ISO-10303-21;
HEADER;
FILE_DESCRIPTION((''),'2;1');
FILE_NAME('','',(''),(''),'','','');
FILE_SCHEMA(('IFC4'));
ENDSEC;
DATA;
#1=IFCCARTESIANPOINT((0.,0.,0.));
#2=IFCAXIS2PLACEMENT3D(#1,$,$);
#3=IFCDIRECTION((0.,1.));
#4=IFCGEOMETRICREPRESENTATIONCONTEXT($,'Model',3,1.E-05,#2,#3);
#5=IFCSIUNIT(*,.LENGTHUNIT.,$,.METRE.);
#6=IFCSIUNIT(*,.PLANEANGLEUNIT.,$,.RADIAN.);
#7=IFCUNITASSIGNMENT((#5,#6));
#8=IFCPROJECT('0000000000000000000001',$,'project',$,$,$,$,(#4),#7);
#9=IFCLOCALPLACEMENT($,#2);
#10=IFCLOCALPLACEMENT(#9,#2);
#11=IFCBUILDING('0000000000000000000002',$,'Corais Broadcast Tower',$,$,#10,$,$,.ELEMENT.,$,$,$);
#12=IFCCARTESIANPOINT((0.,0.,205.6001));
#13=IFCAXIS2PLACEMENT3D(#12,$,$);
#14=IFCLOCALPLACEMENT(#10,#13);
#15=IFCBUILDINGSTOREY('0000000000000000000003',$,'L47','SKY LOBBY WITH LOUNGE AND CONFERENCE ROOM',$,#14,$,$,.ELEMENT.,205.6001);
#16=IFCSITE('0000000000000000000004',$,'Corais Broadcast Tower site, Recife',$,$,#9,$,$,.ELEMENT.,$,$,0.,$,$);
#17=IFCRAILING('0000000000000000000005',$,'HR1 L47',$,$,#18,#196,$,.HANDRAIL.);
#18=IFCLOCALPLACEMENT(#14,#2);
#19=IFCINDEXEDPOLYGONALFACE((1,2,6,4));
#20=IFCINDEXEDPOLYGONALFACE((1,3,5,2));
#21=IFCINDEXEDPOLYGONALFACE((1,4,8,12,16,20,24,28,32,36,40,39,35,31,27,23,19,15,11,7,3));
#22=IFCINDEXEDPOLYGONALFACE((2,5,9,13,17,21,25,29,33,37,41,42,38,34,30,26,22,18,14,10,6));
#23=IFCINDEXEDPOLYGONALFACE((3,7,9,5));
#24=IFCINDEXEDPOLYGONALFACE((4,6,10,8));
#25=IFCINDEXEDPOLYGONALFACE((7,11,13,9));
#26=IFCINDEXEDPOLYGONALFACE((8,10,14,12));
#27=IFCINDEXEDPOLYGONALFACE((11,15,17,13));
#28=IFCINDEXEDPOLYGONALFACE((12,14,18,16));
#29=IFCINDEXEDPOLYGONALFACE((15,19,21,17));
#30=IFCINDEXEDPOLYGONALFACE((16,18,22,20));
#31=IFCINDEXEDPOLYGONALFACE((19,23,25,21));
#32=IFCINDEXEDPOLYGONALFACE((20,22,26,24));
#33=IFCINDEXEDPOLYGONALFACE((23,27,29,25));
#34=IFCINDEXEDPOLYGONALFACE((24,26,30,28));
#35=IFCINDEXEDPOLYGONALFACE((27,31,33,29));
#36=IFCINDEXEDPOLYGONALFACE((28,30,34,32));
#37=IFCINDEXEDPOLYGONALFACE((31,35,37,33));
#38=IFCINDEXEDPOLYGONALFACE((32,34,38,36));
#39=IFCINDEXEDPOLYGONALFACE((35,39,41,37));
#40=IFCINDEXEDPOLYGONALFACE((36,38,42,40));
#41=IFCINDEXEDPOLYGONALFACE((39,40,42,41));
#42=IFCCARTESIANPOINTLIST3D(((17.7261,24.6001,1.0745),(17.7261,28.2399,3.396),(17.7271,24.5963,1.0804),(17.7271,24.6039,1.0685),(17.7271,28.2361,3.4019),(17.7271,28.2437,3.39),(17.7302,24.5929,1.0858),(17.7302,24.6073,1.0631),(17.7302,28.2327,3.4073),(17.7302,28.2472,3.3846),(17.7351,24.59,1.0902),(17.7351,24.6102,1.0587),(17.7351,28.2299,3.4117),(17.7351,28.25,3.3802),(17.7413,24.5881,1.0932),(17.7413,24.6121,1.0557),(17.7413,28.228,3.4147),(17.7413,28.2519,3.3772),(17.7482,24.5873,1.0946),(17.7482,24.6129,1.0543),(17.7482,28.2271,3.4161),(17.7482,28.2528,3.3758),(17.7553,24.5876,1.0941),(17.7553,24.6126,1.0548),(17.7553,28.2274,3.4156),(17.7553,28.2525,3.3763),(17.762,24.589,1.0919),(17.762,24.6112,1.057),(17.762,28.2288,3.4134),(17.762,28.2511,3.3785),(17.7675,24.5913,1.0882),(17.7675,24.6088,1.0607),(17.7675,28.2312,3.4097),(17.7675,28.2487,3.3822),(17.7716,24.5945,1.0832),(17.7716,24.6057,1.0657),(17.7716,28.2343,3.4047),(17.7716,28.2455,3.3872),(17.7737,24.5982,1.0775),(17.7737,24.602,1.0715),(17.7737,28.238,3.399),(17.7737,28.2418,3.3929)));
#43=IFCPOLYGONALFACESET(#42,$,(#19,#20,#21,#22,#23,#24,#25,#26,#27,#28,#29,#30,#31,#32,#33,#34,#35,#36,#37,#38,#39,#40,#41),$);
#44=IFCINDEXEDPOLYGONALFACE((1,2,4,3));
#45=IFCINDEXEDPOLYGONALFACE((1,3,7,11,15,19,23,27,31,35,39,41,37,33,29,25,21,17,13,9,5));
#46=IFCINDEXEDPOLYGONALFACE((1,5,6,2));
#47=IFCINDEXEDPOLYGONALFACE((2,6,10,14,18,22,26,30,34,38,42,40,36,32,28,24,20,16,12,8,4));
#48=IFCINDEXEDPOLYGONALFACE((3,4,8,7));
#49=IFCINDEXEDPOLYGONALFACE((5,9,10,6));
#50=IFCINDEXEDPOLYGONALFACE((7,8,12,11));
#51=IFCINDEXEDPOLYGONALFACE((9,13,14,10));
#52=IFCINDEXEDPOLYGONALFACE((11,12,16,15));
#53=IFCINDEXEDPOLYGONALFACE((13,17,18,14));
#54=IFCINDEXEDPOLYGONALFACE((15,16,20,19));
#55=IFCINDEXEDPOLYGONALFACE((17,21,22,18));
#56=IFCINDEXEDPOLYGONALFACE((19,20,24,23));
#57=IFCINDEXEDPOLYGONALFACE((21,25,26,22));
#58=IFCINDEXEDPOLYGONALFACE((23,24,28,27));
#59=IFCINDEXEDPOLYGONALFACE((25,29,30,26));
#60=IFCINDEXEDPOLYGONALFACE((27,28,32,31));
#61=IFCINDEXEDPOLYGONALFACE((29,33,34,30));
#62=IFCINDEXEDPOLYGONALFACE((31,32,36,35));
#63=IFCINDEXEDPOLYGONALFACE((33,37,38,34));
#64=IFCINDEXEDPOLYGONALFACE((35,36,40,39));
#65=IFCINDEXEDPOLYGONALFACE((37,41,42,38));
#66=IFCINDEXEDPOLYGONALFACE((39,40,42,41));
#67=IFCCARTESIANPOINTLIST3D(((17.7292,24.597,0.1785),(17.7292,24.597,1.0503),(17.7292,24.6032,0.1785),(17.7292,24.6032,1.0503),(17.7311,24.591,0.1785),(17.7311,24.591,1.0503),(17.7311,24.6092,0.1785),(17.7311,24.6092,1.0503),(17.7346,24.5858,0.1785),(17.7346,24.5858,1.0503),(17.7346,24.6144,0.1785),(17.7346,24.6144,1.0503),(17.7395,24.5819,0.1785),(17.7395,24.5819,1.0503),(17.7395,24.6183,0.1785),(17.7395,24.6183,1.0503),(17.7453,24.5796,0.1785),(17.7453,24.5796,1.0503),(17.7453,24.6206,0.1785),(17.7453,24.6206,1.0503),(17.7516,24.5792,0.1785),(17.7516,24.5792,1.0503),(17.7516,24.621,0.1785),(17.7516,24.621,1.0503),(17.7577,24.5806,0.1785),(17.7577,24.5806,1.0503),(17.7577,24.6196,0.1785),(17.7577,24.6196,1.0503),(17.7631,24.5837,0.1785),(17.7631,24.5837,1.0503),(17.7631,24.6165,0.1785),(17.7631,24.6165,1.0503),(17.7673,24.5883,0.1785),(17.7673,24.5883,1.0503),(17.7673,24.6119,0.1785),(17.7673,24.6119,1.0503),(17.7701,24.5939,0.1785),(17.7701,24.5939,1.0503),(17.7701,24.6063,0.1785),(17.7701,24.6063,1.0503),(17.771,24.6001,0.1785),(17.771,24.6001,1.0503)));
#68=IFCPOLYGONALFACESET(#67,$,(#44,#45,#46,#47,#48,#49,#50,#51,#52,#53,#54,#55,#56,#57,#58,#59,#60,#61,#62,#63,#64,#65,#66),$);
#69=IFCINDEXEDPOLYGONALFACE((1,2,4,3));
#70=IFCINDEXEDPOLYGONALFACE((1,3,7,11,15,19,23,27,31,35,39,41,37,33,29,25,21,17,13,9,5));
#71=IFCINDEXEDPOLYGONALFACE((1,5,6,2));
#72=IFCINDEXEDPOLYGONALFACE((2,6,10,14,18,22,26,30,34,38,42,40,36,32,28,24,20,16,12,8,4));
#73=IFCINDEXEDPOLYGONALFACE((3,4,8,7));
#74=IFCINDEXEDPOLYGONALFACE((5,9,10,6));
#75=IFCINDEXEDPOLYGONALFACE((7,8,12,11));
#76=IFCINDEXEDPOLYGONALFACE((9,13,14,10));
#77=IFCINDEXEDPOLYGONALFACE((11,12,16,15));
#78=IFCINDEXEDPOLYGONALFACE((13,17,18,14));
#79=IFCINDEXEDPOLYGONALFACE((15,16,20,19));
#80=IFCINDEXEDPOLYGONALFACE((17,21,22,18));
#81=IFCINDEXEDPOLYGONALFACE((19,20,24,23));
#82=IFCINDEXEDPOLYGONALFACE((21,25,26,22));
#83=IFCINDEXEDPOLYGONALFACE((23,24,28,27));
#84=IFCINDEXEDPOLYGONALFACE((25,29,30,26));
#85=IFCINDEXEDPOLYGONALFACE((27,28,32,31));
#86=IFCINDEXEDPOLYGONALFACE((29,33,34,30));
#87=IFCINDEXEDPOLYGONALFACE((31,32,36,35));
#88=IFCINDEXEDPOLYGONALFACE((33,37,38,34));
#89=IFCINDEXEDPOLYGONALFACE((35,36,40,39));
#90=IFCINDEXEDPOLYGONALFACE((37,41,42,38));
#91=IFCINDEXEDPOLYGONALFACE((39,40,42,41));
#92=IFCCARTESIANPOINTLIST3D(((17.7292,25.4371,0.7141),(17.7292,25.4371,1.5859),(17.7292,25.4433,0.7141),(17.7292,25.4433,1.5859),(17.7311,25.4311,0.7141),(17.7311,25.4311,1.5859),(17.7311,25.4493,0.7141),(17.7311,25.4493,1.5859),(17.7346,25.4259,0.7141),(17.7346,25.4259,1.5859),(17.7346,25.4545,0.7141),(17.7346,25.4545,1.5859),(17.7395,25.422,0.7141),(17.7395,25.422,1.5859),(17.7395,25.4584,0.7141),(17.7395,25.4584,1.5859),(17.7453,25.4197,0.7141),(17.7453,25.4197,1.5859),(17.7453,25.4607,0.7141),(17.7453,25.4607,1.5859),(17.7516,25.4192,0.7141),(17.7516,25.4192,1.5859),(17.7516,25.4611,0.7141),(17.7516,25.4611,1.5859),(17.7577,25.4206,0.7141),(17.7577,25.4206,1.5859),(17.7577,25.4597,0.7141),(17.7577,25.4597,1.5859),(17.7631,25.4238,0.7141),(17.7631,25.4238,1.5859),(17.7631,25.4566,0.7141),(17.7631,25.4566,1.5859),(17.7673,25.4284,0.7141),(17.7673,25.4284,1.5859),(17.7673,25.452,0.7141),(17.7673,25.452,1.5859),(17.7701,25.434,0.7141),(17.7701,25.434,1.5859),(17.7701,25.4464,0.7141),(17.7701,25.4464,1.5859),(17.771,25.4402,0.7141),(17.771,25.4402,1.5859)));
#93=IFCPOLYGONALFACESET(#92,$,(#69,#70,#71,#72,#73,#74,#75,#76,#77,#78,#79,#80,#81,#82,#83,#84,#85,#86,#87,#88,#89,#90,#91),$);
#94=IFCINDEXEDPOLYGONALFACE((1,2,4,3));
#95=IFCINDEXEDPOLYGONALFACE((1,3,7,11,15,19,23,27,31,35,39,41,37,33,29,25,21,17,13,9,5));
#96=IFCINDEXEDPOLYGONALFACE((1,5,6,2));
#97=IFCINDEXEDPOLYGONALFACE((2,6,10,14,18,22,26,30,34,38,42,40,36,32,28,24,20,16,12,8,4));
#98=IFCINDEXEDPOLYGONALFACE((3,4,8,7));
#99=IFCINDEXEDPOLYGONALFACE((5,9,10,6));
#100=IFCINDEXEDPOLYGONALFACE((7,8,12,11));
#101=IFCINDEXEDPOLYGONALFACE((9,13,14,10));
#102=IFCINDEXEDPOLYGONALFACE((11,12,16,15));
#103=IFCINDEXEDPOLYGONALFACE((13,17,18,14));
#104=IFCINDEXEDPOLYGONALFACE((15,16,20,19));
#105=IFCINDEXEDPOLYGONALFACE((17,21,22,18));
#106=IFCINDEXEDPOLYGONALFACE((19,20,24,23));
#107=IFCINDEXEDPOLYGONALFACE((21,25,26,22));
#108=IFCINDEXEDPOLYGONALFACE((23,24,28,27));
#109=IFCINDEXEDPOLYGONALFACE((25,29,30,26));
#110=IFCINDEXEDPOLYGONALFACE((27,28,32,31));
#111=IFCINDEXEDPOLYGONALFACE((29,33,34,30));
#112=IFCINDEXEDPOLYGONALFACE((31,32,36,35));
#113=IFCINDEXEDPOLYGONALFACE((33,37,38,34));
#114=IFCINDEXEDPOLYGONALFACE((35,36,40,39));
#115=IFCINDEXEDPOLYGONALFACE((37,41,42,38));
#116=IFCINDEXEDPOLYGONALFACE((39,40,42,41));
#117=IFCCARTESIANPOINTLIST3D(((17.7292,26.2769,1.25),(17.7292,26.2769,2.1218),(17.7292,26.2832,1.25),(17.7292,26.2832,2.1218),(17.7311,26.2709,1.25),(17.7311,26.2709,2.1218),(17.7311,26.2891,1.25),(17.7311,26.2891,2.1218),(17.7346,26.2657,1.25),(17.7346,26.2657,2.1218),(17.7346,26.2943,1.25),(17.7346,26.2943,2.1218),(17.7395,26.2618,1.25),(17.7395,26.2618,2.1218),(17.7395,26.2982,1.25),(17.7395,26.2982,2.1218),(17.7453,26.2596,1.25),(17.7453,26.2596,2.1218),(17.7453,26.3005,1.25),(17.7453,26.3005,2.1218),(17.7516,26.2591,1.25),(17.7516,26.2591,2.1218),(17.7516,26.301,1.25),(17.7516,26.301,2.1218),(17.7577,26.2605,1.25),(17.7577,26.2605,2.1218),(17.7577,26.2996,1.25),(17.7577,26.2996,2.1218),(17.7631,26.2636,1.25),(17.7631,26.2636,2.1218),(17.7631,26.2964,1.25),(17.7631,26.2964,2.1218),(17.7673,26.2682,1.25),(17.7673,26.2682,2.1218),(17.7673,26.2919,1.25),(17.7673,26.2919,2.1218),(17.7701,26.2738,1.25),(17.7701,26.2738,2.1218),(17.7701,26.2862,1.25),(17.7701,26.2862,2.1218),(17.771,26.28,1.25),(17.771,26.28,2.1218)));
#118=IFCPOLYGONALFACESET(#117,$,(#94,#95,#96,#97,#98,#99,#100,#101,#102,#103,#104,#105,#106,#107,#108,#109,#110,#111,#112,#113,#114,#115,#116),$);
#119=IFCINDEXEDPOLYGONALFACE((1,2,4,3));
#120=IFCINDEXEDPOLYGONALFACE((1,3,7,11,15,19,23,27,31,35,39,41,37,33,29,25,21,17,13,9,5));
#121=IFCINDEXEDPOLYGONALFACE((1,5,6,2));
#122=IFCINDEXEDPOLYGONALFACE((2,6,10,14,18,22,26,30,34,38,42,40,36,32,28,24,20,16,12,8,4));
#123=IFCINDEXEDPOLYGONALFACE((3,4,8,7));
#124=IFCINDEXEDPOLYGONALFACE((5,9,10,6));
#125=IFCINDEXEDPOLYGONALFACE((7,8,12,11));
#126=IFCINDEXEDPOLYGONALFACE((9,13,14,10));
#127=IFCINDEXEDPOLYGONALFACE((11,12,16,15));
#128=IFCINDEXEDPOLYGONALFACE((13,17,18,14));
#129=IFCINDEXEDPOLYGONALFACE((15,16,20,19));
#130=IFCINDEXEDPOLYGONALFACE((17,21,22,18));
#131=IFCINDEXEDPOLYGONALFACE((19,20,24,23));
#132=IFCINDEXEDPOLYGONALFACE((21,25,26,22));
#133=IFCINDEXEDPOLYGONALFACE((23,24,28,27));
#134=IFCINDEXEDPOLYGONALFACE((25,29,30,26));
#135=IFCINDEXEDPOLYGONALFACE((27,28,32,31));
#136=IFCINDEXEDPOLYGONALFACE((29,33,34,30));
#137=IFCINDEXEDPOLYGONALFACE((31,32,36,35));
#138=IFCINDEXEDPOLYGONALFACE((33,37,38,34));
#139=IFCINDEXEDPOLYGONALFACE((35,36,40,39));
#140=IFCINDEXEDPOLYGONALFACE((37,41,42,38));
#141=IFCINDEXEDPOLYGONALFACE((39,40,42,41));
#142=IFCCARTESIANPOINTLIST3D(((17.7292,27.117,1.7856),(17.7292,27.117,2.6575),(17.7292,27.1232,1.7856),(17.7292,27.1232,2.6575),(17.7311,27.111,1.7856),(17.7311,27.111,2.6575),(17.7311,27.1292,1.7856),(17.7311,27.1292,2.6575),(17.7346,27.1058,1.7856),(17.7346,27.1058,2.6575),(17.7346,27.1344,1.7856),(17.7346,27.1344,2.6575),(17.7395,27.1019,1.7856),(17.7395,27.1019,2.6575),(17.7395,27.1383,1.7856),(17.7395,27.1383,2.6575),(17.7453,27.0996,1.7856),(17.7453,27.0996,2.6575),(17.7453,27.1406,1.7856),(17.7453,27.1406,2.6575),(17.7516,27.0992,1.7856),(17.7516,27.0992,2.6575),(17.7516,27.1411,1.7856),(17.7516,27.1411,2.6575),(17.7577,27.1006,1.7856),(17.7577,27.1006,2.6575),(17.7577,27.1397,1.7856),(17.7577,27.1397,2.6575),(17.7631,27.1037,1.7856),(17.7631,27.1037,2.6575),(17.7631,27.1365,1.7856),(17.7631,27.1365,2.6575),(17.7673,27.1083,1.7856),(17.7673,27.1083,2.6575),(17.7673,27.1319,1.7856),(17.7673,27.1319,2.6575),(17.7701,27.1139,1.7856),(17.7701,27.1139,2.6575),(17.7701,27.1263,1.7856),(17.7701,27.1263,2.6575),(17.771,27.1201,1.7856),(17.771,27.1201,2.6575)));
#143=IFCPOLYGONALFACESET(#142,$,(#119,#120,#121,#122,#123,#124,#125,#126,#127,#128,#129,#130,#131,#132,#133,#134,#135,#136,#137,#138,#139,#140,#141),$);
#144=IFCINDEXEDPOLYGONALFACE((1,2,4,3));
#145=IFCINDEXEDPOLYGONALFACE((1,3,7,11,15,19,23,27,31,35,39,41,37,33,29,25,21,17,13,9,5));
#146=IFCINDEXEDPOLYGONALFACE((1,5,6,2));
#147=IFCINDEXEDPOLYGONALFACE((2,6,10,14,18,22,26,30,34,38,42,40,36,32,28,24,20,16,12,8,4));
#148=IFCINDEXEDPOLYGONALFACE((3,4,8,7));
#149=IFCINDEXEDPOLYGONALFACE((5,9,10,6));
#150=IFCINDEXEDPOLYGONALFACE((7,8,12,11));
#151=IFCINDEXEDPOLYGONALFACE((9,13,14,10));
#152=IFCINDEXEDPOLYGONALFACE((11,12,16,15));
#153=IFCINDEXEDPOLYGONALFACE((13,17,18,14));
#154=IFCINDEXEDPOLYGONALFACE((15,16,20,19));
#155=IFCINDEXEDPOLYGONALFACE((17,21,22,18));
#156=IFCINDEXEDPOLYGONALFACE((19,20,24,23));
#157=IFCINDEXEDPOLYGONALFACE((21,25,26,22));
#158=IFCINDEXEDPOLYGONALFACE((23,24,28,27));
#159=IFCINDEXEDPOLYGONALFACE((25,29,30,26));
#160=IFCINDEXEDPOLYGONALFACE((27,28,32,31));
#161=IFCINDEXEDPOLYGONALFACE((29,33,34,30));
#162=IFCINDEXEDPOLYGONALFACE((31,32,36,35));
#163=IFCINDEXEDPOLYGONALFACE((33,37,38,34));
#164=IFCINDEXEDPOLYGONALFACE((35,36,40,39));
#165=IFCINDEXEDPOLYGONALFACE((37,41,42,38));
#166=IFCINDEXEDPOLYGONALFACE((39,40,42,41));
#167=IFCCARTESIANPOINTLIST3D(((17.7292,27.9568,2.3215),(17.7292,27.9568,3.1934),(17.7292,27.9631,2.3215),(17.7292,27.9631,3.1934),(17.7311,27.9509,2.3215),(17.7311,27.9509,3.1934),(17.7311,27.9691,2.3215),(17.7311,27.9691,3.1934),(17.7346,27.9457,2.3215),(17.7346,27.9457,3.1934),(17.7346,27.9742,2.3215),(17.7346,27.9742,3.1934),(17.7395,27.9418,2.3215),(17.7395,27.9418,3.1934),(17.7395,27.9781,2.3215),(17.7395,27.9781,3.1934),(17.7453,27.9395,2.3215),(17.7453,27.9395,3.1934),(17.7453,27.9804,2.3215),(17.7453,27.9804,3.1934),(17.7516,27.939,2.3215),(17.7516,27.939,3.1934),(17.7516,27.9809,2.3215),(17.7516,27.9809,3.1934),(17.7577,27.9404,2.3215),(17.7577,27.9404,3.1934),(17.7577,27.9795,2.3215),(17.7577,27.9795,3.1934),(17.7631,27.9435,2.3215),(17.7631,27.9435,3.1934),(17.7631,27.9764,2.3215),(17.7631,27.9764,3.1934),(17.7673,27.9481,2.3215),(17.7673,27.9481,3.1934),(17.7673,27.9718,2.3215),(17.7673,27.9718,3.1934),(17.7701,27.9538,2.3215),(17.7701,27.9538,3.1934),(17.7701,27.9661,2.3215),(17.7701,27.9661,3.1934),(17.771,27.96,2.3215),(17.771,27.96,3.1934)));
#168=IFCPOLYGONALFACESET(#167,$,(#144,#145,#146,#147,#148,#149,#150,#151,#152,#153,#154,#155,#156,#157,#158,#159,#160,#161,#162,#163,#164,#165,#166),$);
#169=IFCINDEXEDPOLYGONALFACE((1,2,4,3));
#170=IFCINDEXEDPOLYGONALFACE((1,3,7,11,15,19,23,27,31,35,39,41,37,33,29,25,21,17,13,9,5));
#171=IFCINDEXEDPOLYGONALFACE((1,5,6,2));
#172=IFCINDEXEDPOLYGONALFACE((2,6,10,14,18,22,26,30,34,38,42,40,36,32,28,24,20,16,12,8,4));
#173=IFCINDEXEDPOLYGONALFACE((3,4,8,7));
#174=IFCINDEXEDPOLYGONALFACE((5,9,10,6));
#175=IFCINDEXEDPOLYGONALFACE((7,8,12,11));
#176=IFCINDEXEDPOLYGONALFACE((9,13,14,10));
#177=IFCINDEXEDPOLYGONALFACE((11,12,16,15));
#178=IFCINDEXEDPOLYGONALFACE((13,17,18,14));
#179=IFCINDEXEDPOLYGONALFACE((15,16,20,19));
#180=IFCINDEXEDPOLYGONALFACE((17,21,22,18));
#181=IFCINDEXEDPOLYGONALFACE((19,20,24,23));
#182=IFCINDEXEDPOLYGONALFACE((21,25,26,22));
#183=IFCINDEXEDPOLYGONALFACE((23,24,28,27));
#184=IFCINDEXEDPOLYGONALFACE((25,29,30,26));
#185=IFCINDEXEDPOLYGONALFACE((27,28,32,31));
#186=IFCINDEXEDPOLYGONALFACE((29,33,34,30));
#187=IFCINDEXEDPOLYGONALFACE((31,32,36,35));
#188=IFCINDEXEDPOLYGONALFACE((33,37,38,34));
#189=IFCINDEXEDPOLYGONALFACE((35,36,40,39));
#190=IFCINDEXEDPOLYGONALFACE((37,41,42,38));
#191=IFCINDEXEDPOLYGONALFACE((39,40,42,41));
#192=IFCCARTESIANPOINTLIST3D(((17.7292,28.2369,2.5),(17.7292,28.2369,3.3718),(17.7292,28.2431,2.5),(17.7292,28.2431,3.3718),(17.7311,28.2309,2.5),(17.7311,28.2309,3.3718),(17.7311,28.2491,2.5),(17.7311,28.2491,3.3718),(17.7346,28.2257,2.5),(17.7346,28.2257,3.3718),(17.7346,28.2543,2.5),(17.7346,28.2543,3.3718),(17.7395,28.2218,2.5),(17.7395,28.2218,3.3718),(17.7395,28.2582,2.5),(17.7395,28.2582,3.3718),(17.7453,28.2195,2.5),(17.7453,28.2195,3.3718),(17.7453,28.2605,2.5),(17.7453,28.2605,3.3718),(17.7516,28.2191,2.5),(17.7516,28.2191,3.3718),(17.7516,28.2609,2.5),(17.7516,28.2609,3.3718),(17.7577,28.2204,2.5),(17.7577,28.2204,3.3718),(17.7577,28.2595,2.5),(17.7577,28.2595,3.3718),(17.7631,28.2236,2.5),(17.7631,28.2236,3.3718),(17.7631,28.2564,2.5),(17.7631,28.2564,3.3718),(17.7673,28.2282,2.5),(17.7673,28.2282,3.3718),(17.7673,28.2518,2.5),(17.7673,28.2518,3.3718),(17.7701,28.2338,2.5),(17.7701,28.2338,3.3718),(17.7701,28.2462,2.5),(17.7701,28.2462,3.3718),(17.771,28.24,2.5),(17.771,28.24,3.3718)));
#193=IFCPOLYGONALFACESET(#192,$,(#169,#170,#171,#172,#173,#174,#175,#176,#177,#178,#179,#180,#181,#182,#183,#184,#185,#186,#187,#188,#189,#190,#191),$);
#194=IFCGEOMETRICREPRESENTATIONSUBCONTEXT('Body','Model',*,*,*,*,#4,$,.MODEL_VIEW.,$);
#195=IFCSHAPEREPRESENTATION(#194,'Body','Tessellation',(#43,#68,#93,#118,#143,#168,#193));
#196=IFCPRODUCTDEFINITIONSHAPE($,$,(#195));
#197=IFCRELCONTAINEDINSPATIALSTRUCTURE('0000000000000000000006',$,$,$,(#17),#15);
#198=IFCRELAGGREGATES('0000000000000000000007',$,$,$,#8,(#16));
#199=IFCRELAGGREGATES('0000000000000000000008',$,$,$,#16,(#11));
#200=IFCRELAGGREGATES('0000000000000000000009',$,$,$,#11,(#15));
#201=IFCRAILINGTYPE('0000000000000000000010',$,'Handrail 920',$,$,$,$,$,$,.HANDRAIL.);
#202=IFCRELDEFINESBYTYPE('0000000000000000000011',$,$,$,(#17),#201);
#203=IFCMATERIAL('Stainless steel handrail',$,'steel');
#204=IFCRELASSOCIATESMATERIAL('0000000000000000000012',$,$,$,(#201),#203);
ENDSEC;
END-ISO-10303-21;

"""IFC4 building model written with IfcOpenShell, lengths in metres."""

from ifc_helpers import new_model, si_unit, direction, frame, origin, origin_2d, place, context, subcontext, project, spatial, circle, extrude, material, type_object, element, save


model = new_model("IFC4")

# Units and contexts
model_context = context("Model", 3, precision=1e-05, world=origin(), true_north=direction((0.0, 1.0)))
body_context = subcontext(model_context, "Body", "Model", "MODEL_VIEW")
ifc_project = project(units=[si_unit("LENGTHUNIT", "METRE"), si_unit("PLANEANGLEUNIT", "RADIAN")], contexts=[model_context])

# Site, building, storey
site_placement = place(None, origin())
site = spatial("IfcSite", under=ifc_project, at=site_placement, Name="Corais Broadcast Tower site, Recife", CompositionType="ELEMENT", RefElevation=0.0)
building_placement = place(site_placement, origin())
building = spatial("IfcBuilding", under=site, at=building_placement, Name="Corais Broadcast Tower", CompositionType="ELEMENT")
storey_placement = place(building_placement, frame((0.0, 0.0, 205.6001)))
storey = spatial("IfcBuildingStorey", under=building, at=storey_placement, Name="L47", Description="SKY LOBBY WITH LOUNGE AND CONFERENCE ROOM", CompositionType="ELEMENT", Elevation=205.6001)

# Railing
ifc_material_1 = material(Name="Stainless steel handrail", Category="steel")
railing_type = type_object("IfcRailingType", Name="Handrail 920", PredefinedType="HANDRAIL", material=ifc_material_1)
railing_placement = place(storey_placement, frame((17.75, 24.6001, 0.1785)))
element("IfcRailing", 1, at=railing_placement, inside=storey, type_object=railing_type, Name="HR1 L47", PredefinedType="HANDRAIL", context=body_context, shape_type="SweptSolid", body=[
    extrude(circle(Radius=0.0239, at=origin_2d()), frame((0.0, 0.0, 0.896), z_axis=(0.0, 0.843112, 0.537739), x_axis=(-1.0, 0.0, 0.0)), (0.0, 0.0, 1.0), 4.3171),
    extrude(circle(Radius=0.021, at=origin_2d()), origin(), (0.0, 0.0, 1.0), 0.8718),
    extrude(circle(Radius=0.021, at=origin_2d()), frame((0.0, 0.8401, 0.5356)), (0.0, 0.0, 1.0), 0.8718),
    extrude(circle(Radius=0.021, at=origin_2d()), frame((0.0, 1.6799, 1.0715)), (0.0, 0.0, 1.0), 0.8718),
    extrude(circle(Radius=0.021, at=origin_2d()), frame((0.0, 2.52, 1.6072)), (0.0, 0.0, 1.0), 0.8718),
    extrude(circle(Radius=0.021, at=origin_2d()), frame((0.0, 3.3599, 2.1431)), (0.0, 0.0, 1.0), 0.8718),
    extrude(circle(Radius=0.021, at=origin_2d()), frame((0.0, 3.6399, 2.3215)), (0.0, 0.0, 1.0), 0.8718),
])

save(model, "model.ifc")
